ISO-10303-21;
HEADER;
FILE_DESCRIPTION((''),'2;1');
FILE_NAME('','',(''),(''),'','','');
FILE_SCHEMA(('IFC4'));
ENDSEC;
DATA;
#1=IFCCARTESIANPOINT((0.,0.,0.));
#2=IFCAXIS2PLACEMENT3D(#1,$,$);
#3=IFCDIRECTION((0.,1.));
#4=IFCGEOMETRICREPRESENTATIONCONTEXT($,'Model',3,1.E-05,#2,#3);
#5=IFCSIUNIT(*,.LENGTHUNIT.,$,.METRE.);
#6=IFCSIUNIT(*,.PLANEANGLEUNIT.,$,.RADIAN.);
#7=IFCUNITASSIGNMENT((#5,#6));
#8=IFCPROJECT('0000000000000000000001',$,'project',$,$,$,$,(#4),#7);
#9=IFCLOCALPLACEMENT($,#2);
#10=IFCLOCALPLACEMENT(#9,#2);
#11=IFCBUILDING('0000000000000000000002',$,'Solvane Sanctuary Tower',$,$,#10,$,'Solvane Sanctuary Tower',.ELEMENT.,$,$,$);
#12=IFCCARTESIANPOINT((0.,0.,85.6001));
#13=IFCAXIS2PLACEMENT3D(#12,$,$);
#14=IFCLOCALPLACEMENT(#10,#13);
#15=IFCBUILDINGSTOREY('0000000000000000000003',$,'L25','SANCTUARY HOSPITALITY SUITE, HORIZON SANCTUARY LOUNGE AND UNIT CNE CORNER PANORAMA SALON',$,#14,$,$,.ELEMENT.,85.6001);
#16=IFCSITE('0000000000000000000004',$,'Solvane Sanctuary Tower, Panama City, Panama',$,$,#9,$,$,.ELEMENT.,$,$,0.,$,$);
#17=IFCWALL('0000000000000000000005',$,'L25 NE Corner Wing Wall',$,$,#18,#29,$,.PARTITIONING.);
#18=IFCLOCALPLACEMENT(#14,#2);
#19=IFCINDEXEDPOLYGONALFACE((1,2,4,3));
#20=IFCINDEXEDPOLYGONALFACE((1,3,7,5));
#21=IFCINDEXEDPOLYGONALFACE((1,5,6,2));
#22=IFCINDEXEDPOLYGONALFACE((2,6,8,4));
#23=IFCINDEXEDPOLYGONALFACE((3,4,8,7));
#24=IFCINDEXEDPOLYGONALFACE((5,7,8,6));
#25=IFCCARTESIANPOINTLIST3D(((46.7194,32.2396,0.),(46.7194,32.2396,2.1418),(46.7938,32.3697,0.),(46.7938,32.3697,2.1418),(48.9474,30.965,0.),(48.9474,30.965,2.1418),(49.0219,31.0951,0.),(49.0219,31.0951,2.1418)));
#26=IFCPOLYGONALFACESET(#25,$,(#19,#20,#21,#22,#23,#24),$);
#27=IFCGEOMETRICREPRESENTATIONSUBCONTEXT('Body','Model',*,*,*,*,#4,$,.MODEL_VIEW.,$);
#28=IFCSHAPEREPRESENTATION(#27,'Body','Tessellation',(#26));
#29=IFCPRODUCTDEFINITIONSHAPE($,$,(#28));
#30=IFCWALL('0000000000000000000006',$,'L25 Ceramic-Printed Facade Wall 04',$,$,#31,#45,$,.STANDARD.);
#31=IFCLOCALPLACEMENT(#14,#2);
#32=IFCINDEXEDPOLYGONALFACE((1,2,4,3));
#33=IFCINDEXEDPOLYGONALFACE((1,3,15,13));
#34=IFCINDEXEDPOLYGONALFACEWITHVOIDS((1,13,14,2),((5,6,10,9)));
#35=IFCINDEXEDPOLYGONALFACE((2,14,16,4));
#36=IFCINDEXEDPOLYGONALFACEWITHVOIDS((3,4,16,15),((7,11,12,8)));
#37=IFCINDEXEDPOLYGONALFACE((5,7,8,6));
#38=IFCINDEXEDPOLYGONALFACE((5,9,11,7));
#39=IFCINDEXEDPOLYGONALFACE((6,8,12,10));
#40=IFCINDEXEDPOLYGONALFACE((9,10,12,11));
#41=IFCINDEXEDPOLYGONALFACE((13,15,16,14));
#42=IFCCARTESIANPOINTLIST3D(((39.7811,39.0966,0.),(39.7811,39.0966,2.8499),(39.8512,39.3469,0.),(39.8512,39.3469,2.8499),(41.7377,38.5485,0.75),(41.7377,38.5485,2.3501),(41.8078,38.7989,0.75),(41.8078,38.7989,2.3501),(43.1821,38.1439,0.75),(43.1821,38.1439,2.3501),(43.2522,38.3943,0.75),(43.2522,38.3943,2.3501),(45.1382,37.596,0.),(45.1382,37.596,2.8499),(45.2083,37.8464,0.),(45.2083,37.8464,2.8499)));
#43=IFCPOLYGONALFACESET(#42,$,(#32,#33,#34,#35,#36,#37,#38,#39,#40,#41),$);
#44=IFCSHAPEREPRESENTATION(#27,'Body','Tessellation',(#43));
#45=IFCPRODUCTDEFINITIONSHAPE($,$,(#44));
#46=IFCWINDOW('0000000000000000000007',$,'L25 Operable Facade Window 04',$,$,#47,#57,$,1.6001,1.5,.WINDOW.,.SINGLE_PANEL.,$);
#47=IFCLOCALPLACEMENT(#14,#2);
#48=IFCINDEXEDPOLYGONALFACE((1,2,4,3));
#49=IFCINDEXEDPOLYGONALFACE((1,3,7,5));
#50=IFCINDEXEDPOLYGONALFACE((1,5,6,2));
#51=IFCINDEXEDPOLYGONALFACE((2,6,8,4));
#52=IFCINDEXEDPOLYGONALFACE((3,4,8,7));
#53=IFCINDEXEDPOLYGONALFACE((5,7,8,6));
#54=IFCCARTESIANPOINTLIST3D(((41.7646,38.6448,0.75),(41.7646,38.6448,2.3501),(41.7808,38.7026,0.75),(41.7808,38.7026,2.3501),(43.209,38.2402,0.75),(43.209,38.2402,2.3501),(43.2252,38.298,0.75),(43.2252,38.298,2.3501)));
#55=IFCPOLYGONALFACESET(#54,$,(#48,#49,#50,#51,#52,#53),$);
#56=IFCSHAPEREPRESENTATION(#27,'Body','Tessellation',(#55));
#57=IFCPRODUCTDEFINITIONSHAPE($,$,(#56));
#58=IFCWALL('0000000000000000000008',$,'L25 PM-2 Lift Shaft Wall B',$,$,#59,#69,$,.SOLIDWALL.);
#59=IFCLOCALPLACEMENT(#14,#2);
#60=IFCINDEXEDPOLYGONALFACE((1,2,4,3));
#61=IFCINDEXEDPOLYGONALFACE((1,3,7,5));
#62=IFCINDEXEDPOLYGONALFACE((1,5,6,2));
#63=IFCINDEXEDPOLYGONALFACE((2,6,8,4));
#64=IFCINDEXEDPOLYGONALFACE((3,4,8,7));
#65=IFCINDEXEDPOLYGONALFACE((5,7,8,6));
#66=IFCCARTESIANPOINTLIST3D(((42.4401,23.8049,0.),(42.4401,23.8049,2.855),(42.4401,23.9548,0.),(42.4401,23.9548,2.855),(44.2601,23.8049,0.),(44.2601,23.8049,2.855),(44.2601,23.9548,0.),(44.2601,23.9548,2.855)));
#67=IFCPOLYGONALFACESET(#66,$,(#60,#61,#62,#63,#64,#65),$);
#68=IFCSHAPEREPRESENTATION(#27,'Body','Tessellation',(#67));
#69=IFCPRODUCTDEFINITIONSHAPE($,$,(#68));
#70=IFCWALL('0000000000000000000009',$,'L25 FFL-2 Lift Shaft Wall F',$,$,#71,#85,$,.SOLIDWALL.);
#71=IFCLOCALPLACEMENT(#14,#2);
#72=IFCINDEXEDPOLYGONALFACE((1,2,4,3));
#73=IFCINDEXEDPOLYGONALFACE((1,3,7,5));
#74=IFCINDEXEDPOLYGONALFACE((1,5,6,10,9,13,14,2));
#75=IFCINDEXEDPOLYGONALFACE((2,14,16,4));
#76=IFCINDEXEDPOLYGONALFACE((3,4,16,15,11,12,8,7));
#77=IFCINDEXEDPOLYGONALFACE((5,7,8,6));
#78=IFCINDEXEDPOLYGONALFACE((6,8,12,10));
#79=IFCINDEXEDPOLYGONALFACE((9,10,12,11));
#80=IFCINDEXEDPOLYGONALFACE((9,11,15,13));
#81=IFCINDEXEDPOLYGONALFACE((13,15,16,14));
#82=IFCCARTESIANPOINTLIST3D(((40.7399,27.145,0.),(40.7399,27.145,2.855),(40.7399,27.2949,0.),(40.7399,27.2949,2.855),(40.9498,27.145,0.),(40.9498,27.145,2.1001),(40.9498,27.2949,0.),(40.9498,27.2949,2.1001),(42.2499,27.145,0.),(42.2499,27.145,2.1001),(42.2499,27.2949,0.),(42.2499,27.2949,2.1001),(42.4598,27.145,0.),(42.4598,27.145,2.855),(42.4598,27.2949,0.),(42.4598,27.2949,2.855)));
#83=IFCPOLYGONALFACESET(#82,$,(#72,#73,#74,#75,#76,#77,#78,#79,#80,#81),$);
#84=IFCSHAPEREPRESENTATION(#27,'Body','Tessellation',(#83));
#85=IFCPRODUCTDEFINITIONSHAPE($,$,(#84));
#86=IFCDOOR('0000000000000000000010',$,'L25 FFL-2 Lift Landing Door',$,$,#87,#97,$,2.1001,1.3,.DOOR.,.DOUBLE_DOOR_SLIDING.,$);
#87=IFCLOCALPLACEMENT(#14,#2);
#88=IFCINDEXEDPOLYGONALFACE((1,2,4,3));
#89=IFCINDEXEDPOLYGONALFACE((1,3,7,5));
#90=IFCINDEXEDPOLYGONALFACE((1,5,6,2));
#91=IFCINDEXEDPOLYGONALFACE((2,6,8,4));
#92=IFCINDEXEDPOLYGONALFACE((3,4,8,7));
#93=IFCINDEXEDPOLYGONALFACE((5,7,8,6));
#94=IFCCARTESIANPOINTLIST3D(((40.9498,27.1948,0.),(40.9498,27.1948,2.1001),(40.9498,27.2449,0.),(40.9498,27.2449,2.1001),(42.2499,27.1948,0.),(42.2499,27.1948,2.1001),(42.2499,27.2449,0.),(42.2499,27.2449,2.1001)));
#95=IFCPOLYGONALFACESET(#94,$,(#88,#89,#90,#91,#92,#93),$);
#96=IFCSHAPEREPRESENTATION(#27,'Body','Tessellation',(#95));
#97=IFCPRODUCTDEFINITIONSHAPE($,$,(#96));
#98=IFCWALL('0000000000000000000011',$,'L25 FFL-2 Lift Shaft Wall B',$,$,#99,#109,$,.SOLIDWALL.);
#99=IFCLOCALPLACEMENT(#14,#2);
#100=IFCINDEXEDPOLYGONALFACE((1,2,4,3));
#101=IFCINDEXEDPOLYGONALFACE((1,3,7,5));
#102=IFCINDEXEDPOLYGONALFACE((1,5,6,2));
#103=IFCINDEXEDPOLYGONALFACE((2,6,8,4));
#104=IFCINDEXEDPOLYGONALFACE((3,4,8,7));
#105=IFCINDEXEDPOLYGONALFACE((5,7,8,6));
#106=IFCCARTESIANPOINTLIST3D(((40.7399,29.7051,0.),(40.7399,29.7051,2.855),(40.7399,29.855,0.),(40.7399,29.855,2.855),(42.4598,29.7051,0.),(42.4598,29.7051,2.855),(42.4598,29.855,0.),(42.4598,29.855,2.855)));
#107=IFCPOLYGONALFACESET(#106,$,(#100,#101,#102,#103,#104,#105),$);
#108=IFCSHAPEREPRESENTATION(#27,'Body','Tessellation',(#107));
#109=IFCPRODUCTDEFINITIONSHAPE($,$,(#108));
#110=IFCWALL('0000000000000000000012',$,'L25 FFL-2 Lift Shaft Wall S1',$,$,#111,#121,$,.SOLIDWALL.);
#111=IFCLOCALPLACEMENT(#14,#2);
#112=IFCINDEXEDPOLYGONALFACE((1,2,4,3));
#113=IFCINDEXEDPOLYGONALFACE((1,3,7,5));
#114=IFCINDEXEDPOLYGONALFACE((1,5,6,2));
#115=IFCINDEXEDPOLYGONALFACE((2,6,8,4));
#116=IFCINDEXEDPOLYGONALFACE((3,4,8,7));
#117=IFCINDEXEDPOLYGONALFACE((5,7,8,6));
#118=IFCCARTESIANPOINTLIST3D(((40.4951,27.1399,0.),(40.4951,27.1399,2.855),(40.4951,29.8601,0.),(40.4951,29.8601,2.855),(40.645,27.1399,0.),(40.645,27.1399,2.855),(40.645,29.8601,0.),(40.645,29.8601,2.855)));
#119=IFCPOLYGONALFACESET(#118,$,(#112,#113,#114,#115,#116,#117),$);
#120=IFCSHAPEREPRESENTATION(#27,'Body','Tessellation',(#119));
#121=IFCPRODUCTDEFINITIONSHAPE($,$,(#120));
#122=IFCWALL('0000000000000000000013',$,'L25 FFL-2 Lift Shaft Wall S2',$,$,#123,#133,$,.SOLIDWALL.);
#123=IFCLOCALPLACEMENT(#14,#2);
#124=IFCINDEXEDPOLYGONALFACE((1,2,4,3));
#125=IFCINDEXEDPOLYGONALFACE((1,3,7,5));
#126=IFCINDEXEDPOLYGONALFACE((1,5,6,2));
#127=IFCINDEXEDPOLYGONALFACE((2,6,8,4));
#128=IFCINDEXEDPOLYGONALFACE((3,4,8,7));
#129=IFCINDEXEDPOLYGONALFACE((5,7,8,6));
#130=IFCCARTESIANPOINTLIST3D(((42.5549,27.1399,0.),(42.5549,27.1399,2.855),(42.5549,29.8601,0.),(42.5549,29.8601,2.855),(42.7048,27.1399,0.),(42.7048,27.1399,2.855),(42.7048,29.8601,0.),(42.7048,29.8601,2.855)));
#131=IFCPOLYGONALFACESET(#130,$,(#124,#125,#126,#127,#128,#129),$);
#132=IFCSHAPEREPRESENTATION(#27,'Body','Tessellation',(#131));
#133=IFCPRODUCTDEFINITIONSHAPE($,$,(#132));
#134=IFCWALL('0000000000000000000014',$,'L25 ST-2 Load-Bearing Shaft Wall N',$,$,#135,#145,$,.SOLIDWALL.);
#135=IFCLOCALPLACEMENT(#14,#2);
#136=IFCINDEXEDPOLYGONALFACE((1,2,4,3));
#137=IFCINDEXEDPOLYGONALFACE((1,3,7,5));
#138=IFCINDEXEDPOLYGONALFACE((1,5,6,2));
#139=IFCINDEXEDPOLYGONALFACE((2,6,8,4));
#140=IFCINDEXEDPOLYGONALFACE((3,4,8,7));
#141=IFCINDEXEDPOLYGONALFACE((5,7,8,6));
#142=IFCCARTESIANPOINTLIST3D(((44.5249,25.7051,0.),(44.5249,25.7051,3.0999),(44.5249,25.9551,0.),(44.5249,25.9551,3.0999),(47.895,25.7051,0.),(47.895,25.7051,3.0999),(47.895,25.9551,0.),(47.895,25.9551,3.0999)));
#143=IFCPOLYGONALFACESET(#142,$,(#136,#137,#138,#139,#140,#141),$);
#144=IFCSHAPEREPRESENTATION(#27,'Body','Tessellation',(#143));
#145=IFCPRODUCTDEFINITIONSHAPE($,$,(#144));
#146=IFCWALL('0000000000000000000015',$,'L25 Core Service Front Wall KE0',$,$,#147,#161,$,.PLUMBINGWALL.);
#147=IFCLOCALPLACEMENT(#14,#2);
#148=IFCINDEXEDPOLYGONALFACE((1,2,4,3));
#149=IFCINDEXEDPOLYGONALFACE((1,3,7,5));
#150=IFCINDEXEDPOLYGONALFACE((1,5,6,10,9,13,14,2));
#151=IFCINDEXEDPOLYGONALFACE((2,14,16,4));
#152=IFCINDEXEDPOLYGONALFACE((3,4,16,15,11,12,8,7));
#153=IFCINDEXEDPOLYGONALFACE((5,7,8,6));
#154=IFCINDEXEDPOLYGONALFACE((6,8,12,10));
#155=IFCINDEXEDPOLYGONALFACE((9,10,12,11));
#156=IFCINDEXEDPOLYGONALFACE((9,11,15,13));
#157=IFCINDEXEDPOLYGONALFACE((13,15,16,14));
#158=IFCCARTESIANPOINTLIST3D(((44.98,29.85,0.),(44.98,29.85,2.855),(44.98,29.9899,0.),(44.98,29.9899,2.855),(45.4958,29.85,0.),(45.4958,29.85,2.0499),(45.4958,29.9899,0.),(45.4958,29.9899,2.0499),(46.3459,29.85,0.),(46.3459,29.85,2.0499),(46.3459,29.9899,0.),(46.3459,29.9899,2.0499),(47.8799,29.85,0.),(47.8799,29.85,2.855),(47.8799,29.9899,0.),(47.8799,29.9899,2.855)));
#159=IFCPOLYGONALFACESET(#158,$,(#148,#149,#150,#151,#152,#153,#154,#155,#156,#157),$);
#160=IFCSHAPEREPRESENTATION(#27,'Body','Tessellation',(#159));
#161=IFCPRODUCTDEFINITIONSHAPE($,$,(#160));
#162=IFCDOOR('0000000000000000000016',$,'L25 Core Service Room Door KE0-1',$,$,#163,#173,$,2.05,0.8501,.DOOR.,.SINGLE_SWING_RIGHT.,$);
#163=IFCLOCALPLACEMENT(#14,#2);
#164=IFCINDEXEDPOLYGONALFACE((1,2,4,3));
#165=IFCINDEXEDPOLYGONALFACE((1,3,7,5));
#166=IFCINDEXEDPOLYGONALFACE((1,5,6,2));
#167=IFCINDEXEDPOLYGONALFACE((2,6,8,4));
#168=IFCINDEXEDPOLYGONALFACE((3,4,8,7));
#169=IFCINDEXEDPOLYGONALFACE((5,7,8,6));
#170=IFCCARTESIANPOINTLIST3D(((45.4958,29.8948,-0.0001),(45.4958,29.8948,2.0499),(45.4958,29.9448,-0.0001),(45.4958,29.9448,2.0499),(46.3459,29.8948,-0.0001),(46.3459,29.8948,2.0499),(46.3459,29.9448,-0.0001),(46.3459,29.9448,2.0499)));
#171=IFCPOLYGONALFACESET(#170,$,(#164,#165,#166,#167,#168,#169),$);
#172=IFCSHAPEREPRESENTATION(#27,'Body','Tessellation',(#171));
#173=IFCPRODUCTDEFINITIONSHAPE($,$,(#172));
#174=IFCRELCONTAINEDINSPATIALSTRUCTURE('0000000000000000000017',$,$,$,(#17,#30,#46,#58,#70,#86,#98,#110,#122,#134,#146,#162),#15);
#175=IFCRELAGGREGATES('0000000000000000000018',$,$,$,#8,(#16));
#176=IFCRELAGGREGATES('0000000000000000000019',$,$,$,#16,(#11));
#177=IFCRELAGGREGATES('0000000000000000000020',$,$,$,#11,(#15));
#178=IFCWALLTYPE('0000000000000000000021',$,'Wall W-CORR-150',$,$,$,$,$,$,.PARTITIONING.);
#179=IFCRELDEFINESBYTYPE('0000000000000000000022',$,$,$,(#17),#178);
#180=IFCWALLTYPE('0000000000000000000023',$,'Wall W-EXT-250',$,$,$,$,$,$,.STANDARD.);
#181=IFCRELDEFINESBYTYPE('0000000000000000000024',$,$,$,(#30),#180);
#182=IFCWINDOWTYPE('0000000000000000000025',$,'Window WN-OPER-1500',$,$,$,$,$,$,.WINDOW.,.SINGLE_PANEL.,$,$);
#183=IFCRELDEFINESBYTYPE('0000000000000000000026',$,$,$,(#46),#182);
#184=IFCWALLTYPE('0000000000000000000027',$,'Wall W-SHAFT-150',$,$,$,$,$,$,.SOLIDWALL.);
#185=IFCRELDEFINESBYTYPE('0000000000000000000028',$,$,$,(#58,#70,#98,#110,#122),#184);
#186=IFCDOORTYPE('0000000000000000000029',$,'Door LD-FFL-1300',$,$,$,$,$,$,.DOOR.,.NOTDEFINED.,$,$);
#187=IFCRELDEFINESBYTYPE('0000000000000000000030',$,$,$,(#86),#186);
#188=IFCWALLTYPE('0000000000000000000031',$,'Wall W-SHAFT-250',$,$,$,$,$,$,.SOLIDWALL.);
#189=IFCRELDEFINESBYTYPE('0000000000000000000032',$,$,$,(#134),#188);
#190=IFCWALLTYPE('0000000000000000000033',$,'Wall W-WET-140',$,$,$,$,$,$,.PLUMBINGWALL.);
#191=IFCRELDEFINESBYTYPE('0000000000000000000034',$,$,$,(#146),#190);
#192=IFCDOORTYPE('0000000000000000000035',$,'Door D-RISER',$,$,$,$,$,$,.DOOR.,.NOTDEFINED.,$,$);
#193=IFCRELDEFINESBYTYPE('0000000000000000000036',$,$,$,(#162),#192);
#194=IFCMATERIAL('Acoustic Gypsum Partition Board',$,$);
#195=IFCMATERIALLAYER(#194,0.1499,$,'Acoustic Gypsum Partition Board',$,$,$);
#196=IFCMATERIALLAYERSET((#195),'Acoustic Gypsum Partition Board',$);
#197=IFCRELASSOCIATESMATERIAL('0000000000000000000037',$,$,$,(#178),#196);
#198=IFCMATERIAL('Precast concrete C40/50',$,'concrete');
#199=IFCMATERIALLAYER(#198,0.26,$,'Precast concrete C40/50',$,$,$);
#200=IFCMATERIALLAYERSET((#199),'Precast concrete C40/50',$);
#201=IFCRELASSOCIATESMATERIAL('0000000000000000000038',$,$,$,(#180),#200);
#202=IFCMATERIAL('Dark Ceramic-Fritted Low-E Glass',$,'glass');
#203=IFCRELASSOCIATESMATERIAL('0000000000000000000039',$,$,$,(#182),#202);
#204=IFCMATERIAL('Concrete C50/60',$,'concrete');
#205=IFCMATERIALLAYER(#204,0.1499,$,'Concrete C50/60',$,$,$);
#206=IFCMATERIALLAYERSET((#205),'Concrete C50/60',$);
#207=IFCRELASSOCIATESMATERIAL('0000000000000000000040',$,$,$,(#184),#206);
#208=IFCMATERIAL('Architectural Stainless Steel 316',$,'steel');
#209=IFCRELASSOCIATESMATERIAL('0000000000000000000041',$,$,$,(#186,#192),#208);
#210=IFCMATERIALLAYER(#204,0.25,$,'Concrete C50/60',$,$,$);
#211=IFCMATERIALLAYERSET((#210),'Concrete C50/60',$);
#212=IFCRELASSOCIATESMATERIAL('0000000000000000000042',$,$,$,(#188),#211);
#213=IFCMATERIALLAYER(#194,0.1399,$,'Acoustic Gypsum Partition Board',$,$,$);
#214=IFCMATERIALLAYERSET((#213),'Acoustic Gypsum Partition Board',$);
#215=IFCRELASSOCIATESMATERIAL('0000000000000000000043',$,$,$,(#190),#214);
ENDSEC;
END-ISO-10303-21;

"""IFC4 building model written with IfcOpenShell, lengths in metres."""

from ifc_helpers import new_model, si_unit, direction, frame, frame_2d, origin, place, context, subcontext, project, spatial, rectangle, extrude, material, layer, layer_set, type_object, element, fill, save


model = new_model("IFC4")

# Units and contexts
model_context = context("Model", 3, precision=1e-05, world=origin(), true_north=direction((0.0, 1.0)))
body_context = subcontext(model_context, "Body", "Model", "MODEL_VIEW")
ifc_project = project(units=[si_unit("LENGTHUNIT", "METRE"), si_unit("PLANEANGLEUNIT", "RADIAN")], contexts=[model_context])

# Site, building, storey
site_placement = place(None, origin())
site = spatial("IfcSite", under=ifc_project, at=site_placement, Name="Solvane Sanctuary Tower, Panama City, Panama", CompositionType="ELEMENT", RefElevation=0.0)
building_placement = place(site_placement, origin())
building = spatial("IfcBuilding", under=site, at=building_placement, Name="Solvane Sanctuary Tower", LongName="Solvane Sanctuary Tower", CompositionType="ELEMENT")
storey_placement = place(building_placement, frame((0.0, 0.0, 85.6001)))
storey = spatial("IfcBuildingStorey", under=building, at=storey_placement, Name="L25", Description="SANCTUARY HOSPITALITY SUITE, HORIZON SANCTUARY LOUNGE AND UNIT CNE CORNER PANORAMA SALON", CompositionType="ELEMENT", Elevation=85.6001)

# Wall
ifc_material_1 = material(Name="Acoustic Gypsum Partition Board")
ifc_layer_1 = layer(ifc_material_1, 0.1499, Name="Acoustic Gypsum Partition Board")
ifc_layer_set_1 = layer_set([ifc_layer_1], Name="Acoustic Gypsum Partition Board")
wall_type_1 = type_object("IfcWallType", Name="Wall W-CORR-150", PredefinedType="PARTITIONING", material=ifc_layer_set_1)
wall_1_placement = place(storey_placement, frame((46.7566, 32.3047, 0.0), z_axis=(0.0, 0.0, 1.0), x_axis=(0.867991, -0.496579, 0.0)))
element("IfcWall", 1, at=wall_1_placement, inside=storey, type_object=wall_type_1, Name="L25 NE Corner Wing Wall", PredefinedType="PARTITIONING", context=body_context, shape_type="SweptSolid", body=[
    extrude(rectangle(XDim=2.5669, YDim=0.1499, at=frame_2d((1.2834, 0.0))), origin(), (0.0, 0.0, 1.0), 2.1418),
])

# Wall, opening, window
ifc_material_2 = material(Name="Precast concrete C40/50", Category="concrete")
ifc_layer_2 = layer(ifc_material_2, 0.26, Name="Precast concrete C40/50")
ifc_layer_set_2 = layer_set([ifc_layer_2], Name="Precast concrete C40/50")
wall_type_2 = type_object("IfcWallType", Name="Wall W-EXT-250", PredefinedType="STANDARD", material=ifc_layer_set_2)
wall_2_placement = place(storey_placement, frame((45.1733, 37.7212, 0.0), z_axis=(0.0, 0.0, 1.0), x_axis=(-0.962938, 0.269721, 0.0)))
wall_2 = element("IfcWall", 2, at=wall_2_placement, inside=storey, type_object=wall_type_2, Name="L25 Ceramic-Printed Facade Wall 04", PredefinedType="STANDARD", context=body_context, shape_type="SweptSolid", body=[
    extrude(rectangle(XDim=5.5632, YDim=0.26, at=frame_2d((2.7817, 0.0))), origin(), (0.0, 0.0, 1.0), 2.8499),
])
opening_1_placement = place(wall_2_placement, frame((2.0315, 0.0, 0.75)))
opening_1 = element("IfcOpeningElement", 3, at=opening_1_placement, cuts=wall_2, PredefinedType="OPENING", context=body_context, shape_type="SweptSolid", body=[
    extrude(rectangle(XDim=1.5, YDim=1.6001, at=frame_2d((0.75, 0.8))), frame((0.0, 0.1399, 0.0), z_axis=(0.0, -1.0, 0.0), x_axis=(1.0, 0.0, 0.0)), (0.0, 0.0, 1.0), 0.28),
])
ifc_material_3 = material(Name="Dark Ceramic-Fritted Low-E Glass", Category="glass")
window_type = type_object("IfcWindowType", Name="Window WN-OPER-1500", PartitioningType="SINGLE_PANEL", PredefinedType="WINDOW", material=ifc_material_3)
window_placement = place(opening_1_placement, origin())
window = element("IfcWindow", 4, at=window_placement, inside=storey, type_object=window_type, Name="L25 Operable Facade Window 04", OverallHeight=1.6001, OverallWidth=1.5, PartitioningType="SINGLE_PANEL", PredefinedType="WINDOW", context=body_context, shape_type="SweptSolid", body=[
    extrude(rectangle(XDim=1.5, YDim=1.6001, at=frame_2d((0.75, 0.8))), frame((0.0, 0.03, 0.0), z_axis=(0.0, -1.0, 0.0), x_axis=(1.0, 0.0, 0.0)), (0.0, 0.0, 1.0), 0.0601),
])
fill(opening_1, window)

# Wall
ifc_material_4 = material(Name="Concrete C50/60", Category="concrete")
ifc_layer_3 = layer(ifc_material_4, 0.1499, Name="Concrete C50/60")
ifc_layer_set_3 = layer_set([ifc_layer_3], Name="Concrete C50/60")
wall_type_3 = type_object("IfcWallType", Name="Wall W-SHAFT-150", PredefinedType="SOLIDWALL", material=ifc_layer_set_3)
wall_3_placement = place(storey_placement, frame((42.4399, 23.8799, 0.0), z_axis=(0.0, 0.0, 1.0), x_axis=(1.0, 0.0, 0.0)))
element("IfcWall", 5, at=wall_3_placement, inside=storey, type_object=wall_type_3, Name="L25 PM-2 Lift Shaft Wall B", PredefinedType="SOLIDWALL", context=body_context, shape_type="SweptSolid", body=[
    extrude(rectangle(XDim=1.8201, YDim=0.1499, at=frame_2d((0.9102, 0.0))), origin(), (0.0, 0.0, 1.0), 2.855),
])

# Wall, opening, door
wall_4_placement = place(storey_placement, frame((40.74, 27.22, 0.0), z_axis=(0.0, 0.0, 1.0), x_axis=(1.0, 0.0, 0.0)))
wall_4 = element("IfcWall", 6, at=wall_4_placement, inside=storey, type_object=wall_type_3, Name="L25 FFL-2 Lift Shaft Wall F", PredefinedType="SOLIDWALL", context=body_context, shape_type="SweptSolid", body=[
    extrude(rectangle(XDim=1.72, YDim=0.1499, at=frame_2d((0.8599, 0.0))), origin(), (0.0, 0.0, 1.0), 2.855),
])
opening_2_placement = place(wall_4_placement, frame((0.21, 0.0, 0.0)))
opening_2 = element("IfcOpeningElement", 7, at=opening_2_placement, cuts=wall_4, PredefinedType="OPENING", context=body_context, shape_type="SweptSolid", body=[
    extrude(rectangle(XDim=1.3, YDim=2.1001, at=frame_2d((0.6499, 1.05))), frame((0.0, 0.085, 0.0), z_axis=(0.0, -1.0, 0.0), x_axis=(1.0, 0.0, 0.0)), (0.0, 0.0, 1.0), 0.1699),
])
ifc_material_5 = material(Name="Architectural Stainless Steel 316", Category="steel")
door_type_1 = type_object("IfcDoorType", Name="Door LD-FFL-1300", OperationType="NOTDEFINED", PredefinedType="DOOR", material=ifc_material_5)
door_1_placement = place(opening_2_placement, origin())
door_1 = element("IfcDoor", 8, at=door_1_placement, inside=storey, type_object=door_type_1, Name="L25 FFL-2 Lift Landing Door", OperationType="DOUBLE_DOOR_SLIDING", OverallHeight=2.1001, OverallWidth=1.3, PredefinedType="DOOR", context=body_context, shape_type="SweptSolid", body=[
    extrude(rectangle(XDim=1.3, YDim=2.1001, at=frame_2d((0.6499, 1.05))), frame((0.0, 0.0249, 0.0), z_axis=(0.0, -1.0, 0.0), x_axis=(1.0, 0.0, 0.0)), (0.0, 0.0, 1.0), 0.05),
])
fill(opening_2, door_1)

# Walls
wall_5_placement = place(storey_placement, frame((40.74, 29.78, 0.0), z_axis=(0.0, 0.0, 1.0), x_axis=(1.0, 0.0, 0.0)))
element("IfcWall", 9, at=wall_5_placement, inside=storey, type_object=wall_type_3, Name="L25 FFL-2 Lift Shaft Wall B", PredefinedType="SOLIDWALL", context=body_context, shape_type="SweptSolid", body=[
    extrude(rectangle(XDim=1.72, YDim=0.1499, at=frame_2d((0.8599, 0.0))), origin(), (0.0, 0.0, 1.0), 2.855),
])
for number, where, z_axis, x_axis, name in (
    (10, (40.5701, 27.1399, 0.0), (0.0, 0.0, 1.0), (0.0, 1.0, 0.0), "L25 FFL-2 Lift Shaft Wall S1"),
    (11, (42.6299, 27.1399, 0.0), (0.0, 0.0, 1.0), (0.0, 1.0, 0.0), "L25 FFL-2 Lift Shaft Wall S2"),
):
    element("IfcWall", number, at=place(storey_placement, frame(where, z_axis=z_axis, x_axis=x_axis)), inside=storey, type_object=wall_type_3, Name=name, PredefinedType="SOLIDWALL", context=body_context, shape_type="SweptSolid", body=[
        extrude(rectangle(XDim=2.7202, YDim=0.1499, at=frame_2d((1.3601, 0.0))), origin(), (0.0, 0.0, 1.0), 2.855),
    ])
ifc_layer_4 = layer(ifc_material_4, 0.25, Name="Concrete C50/60")
ifc_layer_set_4 = layer_set([ifc_layer_4], Name="Concrete C50/60")
wall_type_4 = type_object("IfcWallType", Name="Wall W-SHAFT-250", PredefinedType="SOLIDWALL", material=ifc_layer_set_4)
wall_6_placement = place(storey_placement, frame((44.5249, 25.8301, 0.0), z_axis=(0.0, 0.0, 1.0), x_axis=(1.0, 0.0, 0.0)))
element("IfcWall", 12, at=wall_6_placement, inside=storey, type_object=wall_type_4, Name="L25 ST-2 Load-Bearing Shaft Wall N", PredefinedType="SOLIDWALL", context=body_context, shape_type="SweptSolid", body=[
    extrude(rectangle(XDim=3.3701, YDim=0.25, at=frame_2d((1.6851, 0.0))), origin(), (0.0, 0.0, 1.0), 3.0999),
])

# Wall, opening, door
ifc_layer_5 = layer(ifc_material_1, 0.1399, Name="Acoustic Gypsum Partition Board")
ifc_layer_set_5 = layer_set([ifc_layer_5], Name="Acoustic Gypsum Partition Board")
wall_type_5 = type_object("IfcWallType", Name="Wall W-WET-140", PredefinedType="PLUMBINGWALL", material=ifc_layer_set_5)
wall_7_placement = place(storey_placement, frame((44.98, 29.9199, 0.0), z_axis=(0.0, 0.0, 1.0), x_axis=(1.0, 0.0, 0.0)))
wall_7 = element("IfcWall", 13, at=wall_7_placement, inside=storey, type_object=wall_type_5, Name="L25 Core Service Front Wall KE0", PredefinedType="PLUMBINGWALL", context=body_context, shape_type="SweptSolid", body=[
    extrude(rectangle(XDim=2.8999, YDim=0.1399, at=frame_2d((1.45, 0.0))), origin(), (0.0, 0.0, 1.0), 2.855),
])
opening_3_placement = place(wall_7_placement, frame((0.5159, 0.0, 0.0)))
opening_3 = element("IfcOpeningElement", 14, at=opening_3_placement, cuts=wall_7, PredefinedType="OPENING", context=body_context, shape_type="SweptSolid", body=[
    extrude(rectangle(XDim=0.8501, YDim=2.05, at=frame_2d((0.425, 1.0249))), frame((0.0, 0.0798, 0.0), z_axis=(0.0, -1.0, 0.0), x_axis=(1.0, 0.0, 0.0)), (0.0, 0.0, 1.0), 0.1599),
])
door_type_2 = type_object("IfcDoorType", Name="Door D-RISER", OperationType="NOTDEFINED", PredefinedType="DOOR", material=ifc_material_5)
door_2_placement = place(opening_3_placement, origin())
door_2 = element("IfcDoor", 15, at=door_2_placement, inside=storey, type_object=door_type_2, Name="L25 Core Service Room Door KE0-1", OperationType="SINGLE_SWING_RIGHT", OverallHeight=2.05, OverallWidth=0.8501, PredefinedType="DOOR", context=body_context, shape_type="SweptSolid", body=[
    extrude(rectangle(XDim=0.8501, YDim=2.05, at=frame_2d((0.425, 1.0249))), frame((0.0, 0.0249, 0.0), z_axis=(0.0, -1.0, 0.0), x_axis=(1.0, 0.0, 0.0)), (0.0, 0.0, 1.0), 0.05),
])
fill(opening_3, door_2)

save(model, "model.ifc")
